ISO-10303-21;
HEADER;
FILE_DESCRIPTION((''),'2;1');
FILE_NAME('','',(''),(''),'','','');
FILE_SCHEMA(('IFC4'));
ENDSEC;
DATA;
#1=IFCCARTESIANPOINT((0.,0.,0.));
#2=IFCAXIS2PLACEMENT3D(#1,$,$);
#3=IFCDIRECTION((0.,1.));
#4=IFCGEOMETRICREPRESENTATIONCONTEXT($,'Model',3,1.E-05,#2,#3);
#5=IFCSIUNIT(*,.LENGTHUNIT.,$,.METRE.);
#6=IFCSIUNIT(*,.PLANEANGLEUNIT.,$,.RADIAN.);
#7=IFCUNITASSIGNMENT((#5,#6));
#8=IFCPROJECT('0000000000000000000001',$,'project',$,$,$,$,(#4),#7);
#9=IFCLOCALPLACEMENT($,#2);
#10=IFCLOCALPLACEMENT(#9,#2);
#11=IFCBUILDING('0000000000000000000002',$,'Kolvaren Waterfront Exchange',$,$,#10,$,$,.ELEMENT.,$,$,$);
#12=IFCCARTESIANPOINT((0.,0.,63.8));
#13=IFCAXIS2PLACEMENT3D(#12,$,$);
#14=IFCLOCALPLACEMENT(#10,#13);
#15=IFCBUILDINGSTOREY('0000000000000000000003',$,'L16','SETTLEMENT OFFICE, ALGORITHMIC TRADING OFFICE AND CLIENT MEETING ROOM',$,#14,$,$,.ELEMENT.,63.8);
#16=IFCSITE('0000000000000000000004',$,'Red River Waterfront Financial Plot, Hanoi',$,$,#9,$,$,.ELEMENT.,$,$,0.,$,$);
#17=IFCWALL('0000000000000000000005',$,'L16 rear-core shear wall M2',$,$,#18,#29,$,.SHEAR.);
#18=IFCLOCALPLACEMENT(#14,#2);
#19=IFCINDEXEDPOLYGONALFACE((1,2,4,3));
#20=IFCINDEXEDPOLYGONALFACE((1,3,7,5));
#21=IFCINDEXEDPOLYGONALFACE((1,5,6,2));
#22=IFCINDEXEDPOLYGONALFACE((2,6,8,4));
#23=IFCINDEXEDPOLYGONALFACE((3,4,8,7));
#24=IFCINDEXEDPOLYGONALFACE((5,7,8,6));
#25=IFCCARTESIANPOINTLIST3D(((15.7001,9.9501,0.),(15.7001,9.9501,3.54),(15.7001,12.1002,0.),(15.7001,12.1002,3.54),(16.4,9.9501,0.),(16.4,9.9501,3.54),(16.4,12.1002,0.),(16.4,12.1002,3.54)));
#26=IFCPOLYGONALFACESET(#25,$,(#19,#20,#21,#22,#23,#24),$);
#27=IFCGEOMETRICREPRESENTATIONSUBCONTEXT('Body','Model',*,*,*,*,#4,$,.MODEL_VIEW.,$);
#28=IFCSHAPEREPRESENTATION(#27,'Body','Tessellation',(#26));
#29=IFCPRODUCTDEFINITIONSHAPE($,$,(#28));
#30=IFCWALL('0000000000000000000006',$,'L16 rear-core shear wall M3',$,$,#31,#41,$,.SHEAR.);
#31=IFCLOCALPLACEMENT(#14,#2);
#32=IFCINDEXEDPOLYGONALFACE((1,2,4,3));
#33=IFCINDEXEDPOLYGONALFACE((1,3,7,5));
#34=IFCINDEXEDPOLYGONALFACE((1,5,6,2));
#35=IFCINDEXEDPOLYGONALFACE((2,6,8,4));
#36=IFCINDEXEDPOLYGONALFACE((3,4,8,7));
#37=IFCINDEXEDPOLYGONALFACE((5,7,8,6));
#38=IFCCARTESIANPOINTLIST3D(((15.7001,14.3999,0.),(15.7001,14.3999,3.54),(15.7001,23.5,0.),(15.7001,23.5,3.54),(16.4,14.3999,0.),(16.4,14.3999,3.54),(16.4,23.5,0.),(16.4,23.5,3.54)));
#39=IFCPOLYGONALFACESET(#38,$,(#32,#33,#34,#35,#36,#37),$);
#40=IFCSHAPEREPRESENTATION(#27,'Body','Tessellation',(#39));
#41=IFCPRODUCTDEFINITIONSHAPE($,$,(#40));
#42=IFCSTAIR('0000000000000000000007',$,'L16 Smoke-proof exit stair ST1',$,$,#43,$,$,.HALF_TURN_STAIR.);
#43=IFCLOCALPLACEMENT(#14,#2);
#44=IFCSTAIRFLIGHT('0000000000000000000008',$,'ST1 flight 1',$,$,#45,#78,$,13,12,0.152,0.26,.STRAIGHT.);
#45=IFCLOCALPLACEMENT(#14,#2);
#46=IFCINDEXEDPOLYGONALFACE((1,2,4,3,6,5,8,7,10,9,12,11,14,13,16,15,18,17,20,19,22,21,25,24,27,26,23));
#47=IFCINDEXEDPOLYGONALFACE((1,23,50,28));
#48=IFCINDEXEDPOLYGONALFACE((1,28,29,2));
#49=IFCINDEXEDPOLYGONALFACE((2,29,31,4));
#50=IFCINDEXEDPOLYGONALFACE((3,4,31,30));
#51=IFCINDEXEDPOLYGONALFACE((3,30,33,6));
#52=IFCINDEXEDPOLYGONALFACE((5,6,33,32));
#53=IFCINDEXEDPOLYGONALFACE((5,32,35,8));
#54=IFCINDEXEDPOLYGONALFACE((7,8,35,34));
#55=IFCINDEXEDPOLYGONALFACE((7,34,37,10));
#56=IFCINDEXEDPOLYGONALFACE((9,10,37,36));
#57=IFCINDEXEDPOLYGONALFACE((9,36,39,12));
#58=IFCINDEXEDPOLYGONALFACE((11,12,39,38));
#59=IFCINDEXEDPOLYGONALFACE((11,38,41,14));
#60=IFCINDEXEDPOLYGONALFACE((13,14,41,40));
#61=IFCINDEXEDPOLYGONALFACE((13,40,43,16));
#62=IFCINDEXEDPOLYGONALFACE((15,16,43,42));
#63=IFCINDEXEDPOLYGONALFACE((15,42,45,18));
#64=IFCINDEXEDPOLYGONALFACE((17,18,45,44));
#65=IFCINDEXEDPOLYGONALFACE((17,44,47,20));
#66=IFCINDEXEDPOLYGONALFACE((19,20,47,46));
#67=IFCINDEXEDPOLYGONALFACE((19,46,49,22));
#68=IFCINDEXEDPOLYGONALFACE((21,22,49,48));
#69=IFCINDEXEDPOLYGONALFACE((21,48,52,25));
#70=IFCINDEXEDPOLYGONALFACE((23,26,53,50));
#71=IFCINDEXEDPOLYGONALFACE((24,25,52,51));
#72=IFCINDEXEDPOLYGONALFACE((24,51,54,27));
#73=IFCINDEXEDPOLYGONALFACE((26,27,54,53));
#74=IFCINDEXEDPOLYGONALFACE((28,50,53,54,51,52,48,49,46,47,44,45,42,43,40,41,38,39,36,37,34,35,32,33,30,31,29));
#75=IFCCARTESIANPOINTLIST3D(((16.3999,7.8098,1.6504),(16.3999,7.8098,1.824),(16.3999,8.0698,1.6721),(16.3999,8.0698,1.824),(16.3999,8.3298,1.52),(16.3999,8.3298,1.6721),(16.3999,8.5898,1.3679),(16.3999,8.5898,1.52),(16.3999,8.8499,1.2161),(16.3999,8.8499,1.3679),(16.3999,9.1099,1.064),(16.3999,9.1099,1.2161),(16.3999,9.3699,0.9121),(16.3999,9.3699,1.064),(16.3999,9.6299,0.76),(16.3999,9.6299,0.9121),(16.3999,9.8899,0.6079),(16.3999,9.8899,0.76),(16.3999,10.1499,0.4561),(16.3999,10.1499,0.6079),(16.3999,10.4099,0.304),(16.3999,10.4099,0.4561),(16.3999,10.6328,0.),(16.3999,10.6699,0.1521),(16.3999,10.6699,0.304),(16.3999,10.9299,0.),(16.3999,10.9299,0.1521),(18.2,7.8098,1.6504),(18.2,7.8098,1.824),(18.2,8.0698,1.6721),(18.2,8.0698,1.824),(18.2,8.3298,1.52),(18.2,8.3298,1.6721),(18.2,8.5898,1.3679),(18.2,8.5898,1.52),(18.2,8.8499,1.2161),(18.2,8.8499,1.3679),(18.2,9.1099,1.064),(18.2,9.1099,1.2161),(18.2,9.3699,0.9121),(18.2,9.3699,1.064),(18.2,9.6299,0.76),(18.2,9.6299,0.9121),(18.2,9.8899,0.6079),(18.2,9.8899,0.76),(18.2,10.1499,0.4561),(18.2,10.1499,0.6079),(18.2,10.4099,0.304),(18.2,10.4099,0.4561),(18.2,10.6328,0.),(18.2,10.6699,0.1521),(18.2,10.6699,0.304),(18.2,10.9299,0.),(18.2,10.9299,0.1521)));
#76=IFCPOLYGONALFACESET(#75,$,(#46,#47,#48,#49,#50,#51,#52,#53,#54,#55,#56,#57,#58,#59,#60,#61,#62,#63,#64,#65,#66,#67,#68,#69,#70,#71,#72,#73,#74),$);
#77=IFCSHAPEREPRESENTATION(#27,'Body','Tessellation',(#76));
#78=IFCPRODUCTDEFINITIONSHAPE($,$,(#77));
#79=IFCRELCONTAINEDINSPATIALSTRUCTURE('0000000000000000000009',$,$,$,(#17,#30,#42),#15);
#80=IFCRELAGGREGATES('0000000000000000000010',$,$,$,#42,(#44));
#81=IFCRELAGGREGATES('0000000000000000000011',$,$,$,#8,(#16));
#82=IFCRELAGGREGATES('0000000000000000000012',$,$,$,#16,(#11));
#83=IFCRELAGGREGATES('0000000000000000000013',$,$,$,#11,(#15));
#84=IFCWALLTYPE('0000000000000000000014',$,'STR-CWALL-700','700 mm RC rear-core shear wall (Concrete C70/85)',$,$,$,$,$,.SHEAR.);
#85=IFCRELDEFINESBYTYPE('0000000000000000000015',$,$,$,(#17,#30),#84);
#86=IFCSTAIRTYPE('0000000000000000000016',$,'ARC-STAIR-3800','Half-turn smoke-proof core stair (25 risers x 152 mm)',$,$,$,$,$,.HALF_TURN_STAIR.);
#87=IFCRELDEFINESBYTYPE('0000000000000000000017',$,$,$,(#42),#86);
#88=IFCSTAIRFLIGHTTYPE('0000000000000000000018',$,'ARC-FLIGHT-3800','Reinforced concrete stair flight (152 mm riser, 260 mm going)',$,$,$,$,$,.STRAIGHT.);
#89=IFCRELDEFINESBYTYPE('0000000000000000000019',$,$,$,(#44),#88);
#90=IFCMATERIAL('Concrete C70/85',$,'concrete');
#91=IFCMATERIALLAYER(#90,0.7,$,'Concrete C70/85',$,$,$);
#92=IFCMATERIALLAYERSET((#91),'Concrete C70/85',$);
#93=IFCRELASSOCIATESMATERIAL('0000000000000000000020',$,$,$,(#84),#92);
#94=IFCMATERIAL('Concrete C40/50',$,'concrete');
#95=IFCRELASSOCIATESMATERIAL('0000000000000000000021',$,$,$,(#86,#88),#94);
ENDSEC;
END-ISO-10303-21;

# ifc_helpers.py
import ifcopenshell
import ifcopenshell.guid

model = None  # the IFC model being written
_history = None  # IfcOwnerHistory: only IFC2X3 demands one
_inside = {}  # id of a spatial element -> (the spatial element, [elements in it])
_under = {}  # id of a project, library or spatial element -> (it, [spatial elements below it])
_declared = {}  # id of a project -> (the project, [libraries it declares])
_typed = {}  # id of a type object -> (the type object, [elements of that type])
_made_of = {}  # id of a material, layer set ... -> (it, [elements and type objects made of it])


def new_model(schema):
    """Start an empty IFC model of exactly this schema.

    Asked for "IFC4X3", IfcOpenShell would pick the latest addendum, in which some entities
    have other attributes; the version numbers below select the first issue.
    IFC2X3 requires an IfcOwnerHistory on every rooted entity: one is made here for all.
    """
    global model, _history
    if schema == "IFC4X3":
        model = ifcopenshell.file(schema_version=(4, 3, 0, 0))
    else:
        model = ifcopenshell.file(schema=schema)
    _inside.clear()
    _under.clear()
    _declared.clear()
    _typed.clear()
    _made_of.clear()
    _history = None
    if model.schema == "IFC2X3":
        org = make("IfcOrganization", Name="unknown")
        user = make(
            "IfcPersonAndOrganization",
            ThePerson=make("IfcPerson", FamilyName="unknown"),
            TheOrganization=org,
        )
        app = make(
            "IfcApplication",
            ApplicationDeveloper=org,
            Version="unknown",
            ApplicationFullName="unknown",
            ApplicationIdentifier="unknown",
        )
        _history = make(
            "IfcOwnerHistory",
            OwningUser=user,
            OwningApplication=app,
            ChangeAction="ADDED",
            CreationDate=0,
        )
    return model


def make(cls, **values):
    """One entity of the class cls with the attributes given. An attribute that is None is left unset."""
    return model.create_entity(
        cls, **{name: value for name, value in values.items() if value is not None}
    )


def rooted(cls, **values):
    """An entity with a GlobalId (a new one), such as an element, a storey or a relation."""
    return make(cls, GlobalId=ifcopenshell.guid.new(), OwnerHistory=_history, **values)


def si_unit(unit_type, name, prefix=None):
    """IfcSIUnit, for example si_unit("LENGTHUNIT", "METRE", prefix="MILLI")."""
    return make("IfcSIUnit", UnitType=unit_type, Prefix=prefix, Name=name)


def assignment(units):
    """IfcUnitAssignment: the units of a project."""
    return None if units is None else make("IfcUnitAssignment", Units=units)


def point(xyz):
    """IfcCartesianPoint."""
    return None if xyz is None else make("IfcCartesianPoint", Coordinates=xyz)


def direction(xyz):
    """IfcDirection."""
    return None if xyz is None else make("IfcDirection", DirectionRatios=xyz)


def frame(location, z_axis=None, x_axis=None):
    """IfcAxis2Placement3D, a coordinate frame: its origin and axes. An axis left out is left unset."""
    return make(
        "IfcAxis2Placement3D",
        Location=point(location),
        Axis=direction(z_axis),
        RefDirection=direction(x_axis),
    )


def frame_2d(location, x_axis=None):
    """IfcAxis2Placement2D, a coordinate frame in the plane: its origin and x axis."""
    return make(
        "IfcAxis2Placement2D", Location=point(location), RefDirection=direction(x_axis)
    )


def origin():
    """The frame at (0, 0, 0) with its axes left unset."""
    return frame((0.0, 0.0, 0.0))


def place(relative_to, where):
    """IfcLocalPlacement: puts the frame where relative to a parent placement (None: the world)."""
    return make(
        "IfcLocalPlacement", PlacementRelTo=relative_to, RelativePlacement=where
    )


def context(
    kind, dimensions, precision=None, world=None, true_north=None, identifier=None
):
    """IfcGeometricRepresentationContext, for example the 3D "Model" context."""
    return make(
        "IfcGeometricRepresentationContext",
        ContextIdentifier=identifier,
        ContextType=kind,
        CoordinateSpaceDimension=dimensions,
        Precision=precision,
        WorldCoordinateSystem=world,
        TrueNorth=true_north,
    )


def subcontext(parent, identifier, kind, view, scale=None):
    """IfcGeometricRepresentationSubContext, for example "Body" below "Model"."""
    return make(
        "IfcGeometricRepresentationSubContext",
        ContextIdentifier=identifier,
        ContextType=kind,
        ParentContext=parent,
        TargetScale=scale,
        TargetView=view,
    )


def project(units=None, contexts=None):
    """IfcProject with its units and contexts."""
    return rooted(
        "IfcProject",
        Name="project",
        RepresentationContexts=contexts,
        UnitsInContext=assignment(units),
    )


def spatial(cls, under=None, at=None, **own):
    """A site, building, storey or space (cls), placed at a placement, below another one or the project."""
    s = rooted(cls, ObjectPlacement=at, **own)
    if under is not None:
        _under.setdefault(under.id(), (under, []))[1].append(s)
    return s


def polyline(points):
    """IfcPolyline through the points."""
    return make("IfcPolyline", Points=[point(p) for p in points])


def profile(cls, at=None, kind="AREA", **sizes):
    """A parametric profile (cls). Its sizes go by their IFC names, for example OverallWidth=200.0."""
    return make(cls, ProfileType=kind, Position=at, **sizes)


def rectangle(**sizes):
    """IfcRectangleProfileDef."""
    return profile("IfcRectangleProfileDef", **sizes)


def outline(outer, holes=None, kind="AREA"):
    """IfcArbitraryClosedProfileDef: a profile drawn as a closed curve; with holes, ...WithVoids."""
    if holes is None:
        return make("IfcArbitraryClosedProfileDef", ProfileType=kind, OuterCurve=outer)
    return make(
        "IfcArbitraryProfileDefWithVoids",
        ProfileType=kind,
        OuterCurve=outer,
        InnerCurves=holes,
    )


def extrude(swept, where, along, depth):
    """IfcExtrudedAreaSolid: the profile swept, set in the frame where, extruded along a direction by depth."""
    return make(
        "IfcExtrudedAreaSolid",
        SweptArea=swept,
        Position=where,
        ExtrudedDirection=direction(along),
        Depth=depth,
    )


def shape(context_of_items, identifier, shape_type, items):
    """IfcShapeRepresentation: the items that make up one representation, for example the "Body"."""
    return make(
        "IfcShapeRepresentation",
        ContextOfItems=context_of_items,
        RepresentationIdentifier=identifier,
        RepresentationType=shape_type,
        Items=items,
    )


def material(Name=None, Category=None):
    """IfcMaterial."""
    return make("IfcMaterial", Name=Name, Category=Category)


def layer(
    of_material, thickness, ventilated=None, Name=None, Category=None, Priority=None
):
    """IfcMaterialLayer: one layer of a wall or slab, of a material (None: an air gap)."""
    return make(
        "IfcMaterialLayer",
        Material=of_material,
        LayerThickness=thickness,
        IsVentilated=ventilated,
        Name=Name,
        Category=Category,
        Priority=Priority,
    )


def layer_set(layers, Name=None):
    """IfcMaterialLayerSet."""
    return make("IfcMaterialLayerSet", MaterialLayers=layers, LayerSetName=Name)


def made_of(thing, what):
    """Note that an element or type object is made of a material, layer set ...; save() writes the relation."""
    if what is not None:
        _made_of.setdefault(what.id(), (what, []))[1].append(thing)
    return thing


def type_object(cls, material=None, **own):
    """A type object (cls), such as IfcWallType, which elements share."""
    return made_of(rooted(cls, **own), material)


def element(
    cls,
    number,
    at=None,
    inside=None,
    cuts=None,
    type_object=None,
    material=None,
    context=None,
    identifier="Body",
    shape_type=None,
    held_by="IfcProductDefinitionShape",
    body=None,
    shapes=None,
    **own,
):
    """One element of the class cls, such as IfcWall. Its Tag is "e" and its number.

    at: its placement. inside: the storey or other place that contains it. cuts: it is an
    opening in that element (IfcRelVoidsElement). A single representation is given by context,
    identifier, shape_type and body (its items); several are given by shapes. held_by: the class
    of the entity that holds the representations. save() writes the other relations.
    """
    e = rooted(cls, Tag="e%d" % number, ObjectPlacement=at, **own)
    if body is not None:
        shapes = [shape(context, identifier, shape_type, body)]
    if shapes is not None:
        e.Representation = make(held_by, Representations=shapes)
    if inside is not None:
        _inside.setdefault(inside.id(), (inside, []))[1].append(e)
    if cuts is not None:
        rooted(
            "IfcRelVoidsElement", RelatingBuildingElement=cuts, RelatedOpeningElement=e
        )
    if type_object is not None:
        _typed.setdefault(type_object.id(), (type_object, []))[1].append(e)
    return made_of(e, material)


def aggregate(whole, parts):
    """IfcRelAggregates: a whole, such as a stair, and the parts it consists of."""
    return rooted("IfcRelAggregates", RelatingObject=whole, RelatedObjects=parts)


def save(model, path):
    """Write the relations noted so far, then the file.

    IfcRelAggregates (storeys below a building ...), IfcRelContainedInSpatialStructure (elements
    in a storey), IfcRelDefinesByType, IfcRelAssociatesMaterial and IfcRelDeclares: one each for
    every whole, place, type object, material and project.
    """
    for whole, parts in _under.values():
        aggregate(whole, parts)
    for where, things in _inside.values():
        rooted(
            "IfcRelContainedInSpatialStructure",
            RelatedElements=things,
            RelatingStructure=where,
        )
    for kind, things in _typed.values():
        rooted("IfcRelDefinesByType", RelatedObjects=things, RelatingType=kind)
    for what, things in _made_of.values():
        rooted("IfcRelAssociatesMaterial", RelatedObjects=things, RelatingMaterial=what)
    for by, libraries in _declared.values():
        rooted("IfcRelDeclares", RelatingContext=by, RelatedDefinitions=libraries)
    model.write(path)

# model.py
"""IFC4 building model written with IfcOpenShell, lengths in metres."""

from ifc_helpers import new_model, si_unit, direction, frame, frame_2d, origin, place, context, subcontext, project, spatial, polyline, rectangle, outline, extrude, material, layer, layer_set, type_object, element, aggregate, save


model = new_model("IFC4")

# Units and contexts
model_context = context("Model", 3, precision=1e-05, world=origin(), true_north=direction((0.0, 1.0)))
body_context = subcontext(model_context, "Body", "Model", "MODEL_VIEW")
ifc_project = project(units=[si_unit("LENGTHUNIT", "METRE"), si_unit("PLANEANGLEUNIT", "RADIAN")], contexts=[model_context])

# Site, building, storey
site_placement = place(None, origin())
site = spatial("IfcSite", under=ifc_project, at=site_placement, Name="Red River Waterfront Financial Plot, Hanoi", CompositionType="ELEMENT", RefElevation=0.0)
building_placement = place(site_placement, origin())
building = spatial("IfcBuilding", under=site, at=building_placement, Name="Kolvaren Waterfront Exchange", CompositionType="ELEMENT")
storey_placement = place(building_placement, frame((0.0, 0.0, 63.8)))
storey = spatial("IfcBuildingStorey", under=building, at=storey_placement, Name="L16", Description="SETTLEMENT OFFICE, ALGORITHMIC TRADING OFFICE AND CLIENT MEETING ROOM", CompositionType="ELEMENT", Elevation=63.8)

# Walls
ifc_material_1 = material(Name="Concrete C40/50", Category="concrete")
ifc_material_2 = material(Name="Concrete C70/85", Category="concrete")
ifc_layer_1 = layer(ifc_material_2, 0.7, Name="Concrete C70/85")
ifc_layer_set_1 = layer_set([ifc_layer_1], Name="Concrete C70/85")
wall_type_1 = type_object("IfcWallType", Name="STR-CWALL-700", Description="700 mm RC rear-core shear wall (Concrete C70/85)", PredefinedType="SHEAR", material=ifc_layer_set_1)
wall_1_placement = place(storey_placement, frame((16.05, 9.95, 0.0), z_axis=(0.0, 0.0, 1.0), x_axis=(0.0, 1.0, 0.0)))
element("IfcWall", 1, at=wall_1_placement, inside=storey, type_object=wall_type_1, Name="L16 rear-core shear wall M2", PredefinedType="SHEAR", context=body_context, shape_type="SweptSolid", body=[
    extrude(rectangle(XDim=2.1501, YDim=0.7, at=frame_2d((1.0752, 0.0))), origin(), (0.0, 0.0, 1.0), 3.54),
])
wall_2_placement = place(storey_placement, frame((16.05, 14.3999, 0.0), z_axis=(0.0, 0.0, 1.0), x_axis=(0.0, 1.0, 0.0)))
element("IfcWall", 2, at=wall_2_placement, inside=storey, type_object=wall_type_1, Name="L16 rear-core shear wall M3", PredefinedType="SHEAR", context=body_context, shape_type="SweptSolid", body=[
    extrude(rectangle(XDim=9.1001, YDim=0.7, at=frame_2d((4.55, 0.0))), origin(), (0.0, 0.0, 1.0), 3.54),
])

# Stair, stair flight
stair_type = type_object("IfcStairType", Name="ARC-STAIR-3800", Description="Half-turn smoke-proof core stair (25 risers x 152 mm)", PredefinedType="HALF_TURN_STAIR", material=ifc_material_1)
stair_placement = place(storey_placement, origin())
stair = element("IfcStair", 3, at=stair_placement, inside=storey, type_object=stair_type, Name="L16 Smoke-proof exit stair ST1", PredefinedType="HALF_TURN_STAIR")
stair_flight_type = type_object("IfcStairFlightType", Name="ARC-FLIGHT-3800", Description="Reinforced concrete stair flight (152 mm riser, 260 mm going)", PredefinedType="STRAIGHT", material=ifc_material_1)
stair_flight_placement = place(storey_placement, frame((17.3, 10.9299, 0.0), z_axis=(0.0, 0.0, 1.0), x_axis=(0.0, -1.0, 0.0)))
stair_flight = element("IfcStairFlight", 4, at=stair_flight_placement, type_object=stair_flight_type, Name="ST1 flight 1", NumberOfRisers=13, NumberOfTreads=12, PredefinedType="STRAIGHT", RiserHeight=0.152, TreadLength=0.26, context=body_context, shape_type="SweptSolid", body=[
    extrude(outline(polyline([(0.0, 0.0), (0.0, 0.1521), (0.26, 0.1521), (0.26, 0.304), (0.52, 0.304), (0.52, 0.4561), (0.78, 0.4561), (0.78, 0.6079), (1.04, 0.6079), (1.04, 0.76), (1.3, 0.76), (1.3, 0.9121), (1.5601, 0.9121), (1.5601, 1.064), (1.8201, 1.064), (1.8201, 1.2161), (2.0801, 1.2161), (2.0801, 1.3679), (2.3401, 1.3679), (2.3401, 1.52), (2.6001, 1.52), (2.6001, 1.6721), (2.8601, 1.6721), (2.8601, 1.824), (3.1201, 1.824), (3.1201, 1.9761), (3.1201, 1.6504), (0.2971, 0.0), (0.0, 0.0)])), frame((0.0, 0.8999, 0.0), z_axis=(0.0, -1.0, 0.0), x_axis=(1.0, 0.0, 0.0)), (0.0, 0.0, 1.0), 1.8),
])
aggregate(stair, [stair_flight])

save(model, "model.ifc")
